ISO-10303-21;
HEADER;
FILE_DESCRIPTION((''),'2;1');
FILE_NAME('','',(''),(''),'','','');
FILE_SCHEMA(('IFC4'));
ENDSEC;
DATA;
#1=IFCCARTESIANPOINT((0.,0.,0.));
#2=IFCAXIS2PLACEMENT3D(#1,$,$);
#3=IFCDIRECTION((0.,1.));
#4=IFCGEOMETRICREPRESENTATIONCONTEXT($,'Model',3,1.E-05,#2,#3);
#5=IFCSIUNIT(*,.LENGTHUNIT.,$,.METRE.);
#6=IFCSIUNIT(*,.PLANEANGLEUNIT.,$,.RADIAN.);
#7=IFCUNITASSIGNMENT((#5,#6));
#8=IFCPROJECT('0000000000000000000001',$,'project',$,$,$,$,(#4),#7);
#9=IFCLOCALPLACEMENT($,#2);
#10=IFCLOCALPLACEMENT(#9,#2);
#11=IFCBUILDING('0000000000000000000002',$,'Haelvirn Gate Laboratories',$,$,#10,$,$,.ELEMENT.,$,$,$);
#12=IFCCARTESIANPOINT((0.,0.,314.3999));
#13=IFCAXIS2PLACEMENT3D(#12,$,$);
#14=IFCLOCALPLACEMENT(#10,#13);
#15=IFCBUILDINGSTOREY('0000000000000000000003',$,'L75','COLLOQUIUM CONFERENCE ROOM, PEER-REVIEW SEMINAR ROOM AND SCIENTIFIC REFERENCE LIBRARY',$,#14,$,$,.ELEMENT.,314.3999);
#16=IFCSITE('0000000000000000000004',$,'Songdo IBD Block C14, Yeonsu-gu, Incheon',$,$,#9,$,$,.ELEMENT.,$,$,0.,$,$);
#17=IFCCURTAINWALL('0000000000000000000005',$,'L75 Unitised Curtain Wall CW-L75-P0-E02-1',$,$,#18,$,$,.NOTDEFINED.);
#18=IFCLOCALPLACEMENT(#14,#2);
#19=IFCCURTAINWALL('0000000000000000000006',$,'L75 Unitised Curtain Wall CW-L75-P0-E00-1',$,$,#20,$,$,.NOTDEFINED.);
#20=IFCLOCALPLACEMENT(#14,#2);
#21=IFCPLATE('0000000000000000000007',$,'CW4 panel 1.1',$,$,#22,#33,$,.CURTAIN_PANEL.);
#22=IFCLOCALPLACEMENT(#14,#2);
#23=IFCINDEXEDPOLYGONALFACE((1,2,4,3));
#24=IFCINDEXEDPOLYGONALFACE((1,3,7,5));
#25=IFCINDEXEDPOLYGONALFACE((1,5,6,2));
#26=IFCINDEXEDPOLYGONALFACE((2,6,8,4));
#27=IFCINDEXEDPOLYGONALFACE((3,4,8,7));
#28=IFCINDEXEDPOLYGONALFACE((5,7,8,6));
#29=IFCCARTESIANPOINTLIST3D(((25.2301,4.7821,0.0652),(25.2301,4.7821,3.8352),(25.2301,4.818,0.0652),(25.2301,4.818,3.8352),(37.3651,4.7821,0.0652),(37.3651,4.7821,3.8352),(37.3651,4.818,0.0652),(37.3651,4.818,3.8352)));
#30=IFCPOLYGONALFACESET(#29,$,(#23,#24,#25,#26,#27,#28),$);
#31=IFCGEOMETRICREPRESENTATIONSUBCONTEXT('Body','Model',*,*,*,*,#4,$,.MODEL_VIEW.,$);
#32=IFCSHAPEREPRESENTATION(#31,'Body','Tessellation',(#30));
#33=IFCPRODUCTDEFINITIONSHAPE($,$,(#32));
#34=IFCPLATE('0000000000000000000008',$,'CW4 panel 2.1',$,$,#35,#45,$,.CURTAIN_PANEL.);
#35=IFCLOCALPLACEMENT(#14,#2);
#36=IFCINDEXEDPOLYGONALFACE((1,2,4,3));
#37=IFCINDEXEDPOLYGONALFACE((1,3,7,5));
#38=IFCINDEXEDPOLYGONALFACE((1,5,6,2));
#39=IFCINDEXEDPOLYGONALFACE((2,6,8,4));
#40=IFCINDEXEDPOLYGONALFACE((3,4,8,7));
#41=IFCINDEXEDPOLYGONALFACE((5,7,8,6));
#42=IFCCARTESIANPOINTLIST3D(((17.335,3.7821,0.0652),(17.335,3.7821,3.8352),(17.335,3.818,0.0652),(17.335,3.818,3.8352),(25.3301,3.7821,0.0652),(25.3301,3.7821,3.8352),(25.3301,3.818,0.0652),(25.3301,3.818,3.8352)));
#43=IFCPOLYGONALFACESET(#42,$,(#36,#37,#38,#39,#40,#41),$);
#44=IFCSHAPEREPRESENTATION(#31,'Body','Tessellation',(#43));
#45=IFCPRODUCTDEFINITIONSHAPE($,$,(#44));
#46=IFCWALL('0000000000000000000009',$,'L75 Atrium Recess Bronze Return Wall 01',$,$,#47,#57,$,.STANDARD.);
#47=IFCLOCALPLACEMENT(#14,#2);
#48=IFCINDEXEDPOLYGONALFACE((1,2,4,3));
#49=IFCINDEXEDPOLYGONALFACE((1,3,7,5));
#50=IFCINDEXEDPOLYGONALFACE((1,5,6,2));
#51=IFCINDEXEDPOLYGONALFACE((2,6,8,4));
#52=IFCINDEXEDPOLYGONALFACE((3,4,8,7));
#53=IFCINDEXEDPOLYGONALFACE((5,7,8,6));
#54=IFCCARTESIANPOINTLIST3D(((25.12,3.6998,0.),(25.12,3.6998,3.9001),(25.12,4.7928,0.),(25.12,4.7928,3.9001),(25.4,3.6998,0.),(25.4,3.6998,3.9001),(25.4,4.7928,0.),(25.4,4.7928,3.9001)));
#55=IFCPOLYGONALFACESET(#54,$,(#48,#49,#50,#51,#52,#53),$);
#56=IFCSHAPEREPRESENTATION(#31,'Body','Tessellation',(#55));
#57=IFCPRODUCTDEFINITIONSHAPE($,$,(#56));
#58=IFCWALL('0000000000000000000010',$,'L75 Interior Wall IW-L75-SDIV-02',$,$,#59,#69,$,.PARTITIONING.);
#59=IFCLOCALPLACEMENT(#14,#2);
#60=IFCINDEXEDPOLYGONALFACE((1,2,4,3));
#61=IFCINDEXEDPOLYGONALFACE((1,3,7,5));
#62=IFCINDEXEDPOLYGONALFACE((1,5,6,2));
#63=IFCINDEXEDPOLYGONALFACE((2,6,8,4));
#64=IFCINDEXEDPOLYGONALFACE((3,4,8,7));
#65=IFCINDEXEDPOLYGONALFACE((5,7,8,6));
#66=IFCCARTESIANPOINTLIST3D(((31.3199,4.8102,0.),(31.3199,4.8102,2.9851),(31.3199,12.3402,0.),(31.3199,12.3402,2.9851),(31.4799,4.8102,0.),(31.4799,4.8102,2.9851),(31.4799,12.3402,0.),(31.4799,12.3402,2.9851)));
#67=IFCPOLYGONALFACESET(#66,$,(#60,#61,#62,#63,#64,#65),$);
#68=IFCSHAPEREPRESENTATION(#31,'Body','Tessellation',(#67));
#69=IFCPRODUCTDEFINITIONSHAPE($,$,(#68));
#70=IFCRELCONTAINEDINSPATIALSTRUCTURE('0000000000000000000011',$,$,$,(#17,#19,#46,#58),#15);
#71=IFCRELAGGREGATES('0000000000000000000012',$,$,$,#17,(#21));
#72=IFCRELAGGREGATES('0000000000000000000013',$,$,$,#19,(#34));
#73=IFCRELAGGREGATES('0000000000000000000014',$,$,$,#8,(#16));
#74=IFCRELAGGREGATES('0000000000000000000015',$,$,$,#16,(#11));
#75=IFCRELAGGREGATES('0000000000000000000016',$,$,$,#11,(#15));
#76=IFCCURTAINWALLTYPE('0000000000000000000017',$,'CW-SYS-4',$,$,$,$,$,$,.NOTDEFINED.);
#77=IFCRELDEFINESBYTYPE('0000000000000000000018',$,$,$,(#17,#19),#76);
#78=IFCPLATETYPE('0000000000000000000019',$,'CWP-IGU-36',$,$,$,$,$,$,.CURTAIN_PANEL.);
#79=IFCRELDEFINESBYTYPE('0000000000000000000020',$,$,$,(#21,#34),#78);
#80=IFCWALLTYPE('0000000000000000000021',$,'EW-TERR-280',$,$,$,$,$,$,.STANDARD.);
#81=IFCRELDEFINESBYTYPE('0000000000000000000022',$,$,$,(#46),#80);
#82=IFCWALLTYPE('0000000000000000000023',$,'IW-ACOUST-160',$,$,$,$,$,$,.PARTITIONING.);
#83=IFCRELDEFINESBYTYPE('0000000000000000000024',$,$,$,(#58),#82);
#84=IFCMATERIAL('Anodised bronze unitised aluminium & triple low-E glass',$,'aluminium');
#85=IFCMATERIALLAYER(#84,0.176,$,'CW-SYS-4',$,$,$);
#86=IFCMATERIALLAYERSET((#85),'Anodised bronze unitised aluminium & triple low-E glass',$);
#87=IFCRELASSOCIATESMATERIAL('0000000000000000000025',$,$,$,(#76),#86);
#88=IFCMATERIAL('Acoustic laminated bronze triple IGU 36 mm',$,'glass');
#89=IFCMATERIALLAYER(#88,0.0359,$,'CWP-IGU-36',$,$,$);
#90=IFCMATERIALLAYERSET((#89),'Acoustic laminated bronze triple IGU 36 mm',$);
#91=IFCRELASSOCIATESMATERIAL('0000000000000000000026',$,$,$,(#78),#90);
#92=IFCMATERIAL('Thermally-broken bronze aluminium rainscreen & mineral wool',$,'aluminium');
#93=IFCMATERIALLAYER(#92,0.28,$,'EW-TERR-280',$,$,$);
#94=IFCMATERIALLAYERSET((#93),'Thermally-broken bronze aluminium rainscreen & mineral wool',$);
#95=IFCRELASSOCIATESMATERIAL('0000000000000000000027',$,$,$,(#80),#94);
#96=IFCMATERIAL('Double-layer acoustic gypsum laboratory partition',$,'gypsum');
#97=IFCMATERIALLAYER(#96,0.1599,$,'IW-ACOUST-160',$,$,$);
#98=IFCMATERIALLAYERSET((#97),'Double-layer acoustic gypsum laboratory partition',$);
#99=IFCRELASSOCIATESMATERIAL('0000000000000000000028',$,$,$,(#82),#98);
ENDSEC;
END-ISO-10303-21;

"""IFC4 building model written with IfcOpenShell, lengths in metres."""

from ifc_helpers import new_model, si_unit, direction, frame, frame_2d, origin, origin_2d, place, context, subcontext, project, spatial, rectangle, extrude, source, transform, mapped, material, layer, layer_set, type_object, type_shapes, element, aggregate, save


model = new_model("IFC4")

# Units and contexts
model_context = context("Model", 3, precision=1e-05, world=origin(), true_north=direction((0.0, 1.0)))
body_context = subcontext(model_context, "Body", "Model", "MODEL_VIEW")
ifc_project = project(units=[si_unit("LENGTHUNIT", "METRE"), si_unit("PLANEANGLEUNIT", "RADIAN")], contexts=[model_context])

# Site, building, storey
site_placement = place(None, origin())
site = spatial("IfcSite", under=ifc_project, at=site_placement, Name="Songdo IBD Block C14, Yeonsu-gu, Incheon", CompositionType="ELEMENT", RefElevation=0.0)
building_placement = place(site_placement, origin())
building = spatial("IfcBuilding", under=site, at=building_placement, Name="Haelvirn Gate Laboratories", CompositionType="ELEMENT")
storey_placement = place(building_placement, frame((0.0, 0.0, 314.3999)))
storey = spatial("IfcBuildingStorey", under=building, at=storey_placement, Name="L75", Description="COLLOQUIUM CONFERENCE ROOM, PEER-REVIEW SEMINAR ROOM AND SCIENTIFIC REFERENCE LIBRARY", CompositionType="ELEMENT", Elevation=314.3999)

# Curtain walls
ifc_material_1 = material(Name="Anodised bronze unitised aluminium & triple low-E glass", Category="aluminium")
ifc_layer_1 = layer(ifc_material_1, 0.176, Name="CW-SYS-4")
ifc_layer_set_1 = layer_set([ifc_layer_1], Name="Anodised bronze unitised aluminium & triple low-E glass")
curtain_wall_type = type_object("IfcCurtainWallType", Name="CW-SYS-4", PredefinedType="NOTDEFINED", material=ifc_layer_set_1)
curtain_wall_1_placement = place(storey_placement, origin())
curtain_wall_1 = element("IfcCurtainWall", 1, at=curtain_wall_1_placement, inside=storey, type_object=curtain_wall_type, Name="L75 Unitised Curtain Wall CW-L75-P0-E02-1", PredefinedType="NOTDEFINED")
curtain_wall_2_placement = place(storey_placement, origin())
curtain_wall_2 = element("IfcCurtainWall", 2, at=curtain_wall_2_placement, inside=storey, type_object=curtain_wall_type, Name="L75 Unitised Curtain Wall CW-L75-P0-E00-1", PredefinedType="NOTDEFINED")

# Plates
ifc_material_2 = material(Name="Acoustic laminated bronze triple IGU 36 mm", Category="glass")
ifc_layer_2 = layer(ifc_material_2, 0.0359, Name="CWP-IGU-36")
ifc_layer_set_2 = layer_set([ifc_layer_2], Name="Acoustic laminated bronze triple IGU 36 mm")
plate_type = type_object("IfcPlateType", Name="CWP-IGU-36", PredefinedType="CURTAIN_PANEL", material=ifc_layer_set_2)
shared_shape_1 = source(origin(), body_context, "Body", "SweptSolid", [
    extrude(rectangle(XDim=12.135, YDim=0.0359, at=origin_2d()), origin(), (0.0, 0.0, 1.0), 3.77),
])
plate_1_placement = place(storey_placement, frame((31.2976, 4.8, 0.0652), z_axis=(0.0, 0.0, 1.0), x_axis=(1.0, 0.0, 0.0)))
plate_1 = element("IfcPlate", 3, at=plate_1_placement, type_object=plate_type, Name="CW4 panel 1.1", PredefinedType="CURTAIN_PANEL", context=body_context, shape_type="MappedRepresentation", body=[
    mapped(shared_shape_1, transform((0.0, 0.0, 0.0), scale=1.0)),
])
aggregate(curtain_wall_1, [plate_1])
shared_shape_2 = source(origin(), body_context, "Body", "SweptSolid", [
    extrude(rectangle(XDim=7.9951, YDim=0.0359, at=origin_2d()), origin(), (0.0, 0.0, 1.0), 3.77),
])
type_shapes(plate_type, [shared_shape_1, shared_shape_2])
plate_2_placement = place(storey_placement, frame((21.3325, 3.8, 0.0652), z_axis=(0.0, 0.0, 1.0), x_axis=(1.0, 0.0, 0.0)))
plate_2 = element("IfcPlate", 4, at=plate_2_placement, type_object=plate_type, Name="CW4 panel 2.1", PredefinedType="CURTAIN_PANEL", context=body_context, shape_type="MappedRepresentation", body=[
    mapped(shared_shape_2, transform((0.0, 0.0, 0.0), scale=1.0)),
])
aggregate(curtain_wall_2, [plate_2])

# Walls
ifc_material_3 = material(Name="Thermally-broken bronze aluminium rainscreen & mineral wool", Category="aluminium")
ifc_layer_3 = layer(ifc_material_3, 0.28, Name="EW-TERR-280")
ifc_layer_set_3 = layer_set([ifc_layer_3], Name="Thermally-broken bronze aluminium rainscreen & mineral wool")
wall_type_1 = type_object("IfcWallType", Name="EW-TERR-280", PredefinedType="STANDARD", material=ifc_layer_set_3)
wall_1_placement = place(storey_placement, frame((25.26, 3.7, 0.0), z_axis=(0.0, 0.0, 1.0), x_axis=(0.0, 1.0, 0.0)))
element("IfcWall", 5, at=wall_1_placement, inside=storey, type_object=wall_type_1, Name="L75 Atrium Recess Bronze Return Wall 01", PredefinedType="STANDARD", context=body_context, shape_type="SweptSolid", body=[
    extrude(rectangle(XDim=1.093, YDim=0.28, at=frame_2d((0.5464, 0.0))), origin(), (0.0, 0.0, 1.0), 3.9001),
])
ifc_material_4 = material(Name="Double-layer acoustic gypsum laboratory partition", Category="gypsum")
ifc_layer_4 = layer(ifc_material_4, 0.1599, Name="IW-ACOUST-160")
ifc_layer_set_4 = layer_set([ifc_layer_4], Name="Double-layer acoustic gypsum laboratory partition")
wall_type_2 = type_object("IfcWallType", Name="IW-ACOUST-160", PredefinedType="PARTITIONING", material=ifc_layer_set_4)
wall_2_placement = place(storey_placement, frame((31.3999, 4.8101, 0.0), z_axis=(0.0, 0.0, 1.0), x_axis=(0.0, 1.0, 0.0)))
element("IfcWall", 6, at=wall_2_placement, inside=storey, type_object=wall_type_2, Name="L75 Interior Wall IW-L75-SDIV-02", PredefinedType="PARTITIONING", context=body_context, shape_type="SweptSolid", body=[
    extrude(rectangle(XDim=7.53, YDim=0.1599, at=frame_2d((3.7651, 0.0))), origin(), (0.0, 0.0, 1.0), 2.9851),
])

save(model, "model.ifc")
